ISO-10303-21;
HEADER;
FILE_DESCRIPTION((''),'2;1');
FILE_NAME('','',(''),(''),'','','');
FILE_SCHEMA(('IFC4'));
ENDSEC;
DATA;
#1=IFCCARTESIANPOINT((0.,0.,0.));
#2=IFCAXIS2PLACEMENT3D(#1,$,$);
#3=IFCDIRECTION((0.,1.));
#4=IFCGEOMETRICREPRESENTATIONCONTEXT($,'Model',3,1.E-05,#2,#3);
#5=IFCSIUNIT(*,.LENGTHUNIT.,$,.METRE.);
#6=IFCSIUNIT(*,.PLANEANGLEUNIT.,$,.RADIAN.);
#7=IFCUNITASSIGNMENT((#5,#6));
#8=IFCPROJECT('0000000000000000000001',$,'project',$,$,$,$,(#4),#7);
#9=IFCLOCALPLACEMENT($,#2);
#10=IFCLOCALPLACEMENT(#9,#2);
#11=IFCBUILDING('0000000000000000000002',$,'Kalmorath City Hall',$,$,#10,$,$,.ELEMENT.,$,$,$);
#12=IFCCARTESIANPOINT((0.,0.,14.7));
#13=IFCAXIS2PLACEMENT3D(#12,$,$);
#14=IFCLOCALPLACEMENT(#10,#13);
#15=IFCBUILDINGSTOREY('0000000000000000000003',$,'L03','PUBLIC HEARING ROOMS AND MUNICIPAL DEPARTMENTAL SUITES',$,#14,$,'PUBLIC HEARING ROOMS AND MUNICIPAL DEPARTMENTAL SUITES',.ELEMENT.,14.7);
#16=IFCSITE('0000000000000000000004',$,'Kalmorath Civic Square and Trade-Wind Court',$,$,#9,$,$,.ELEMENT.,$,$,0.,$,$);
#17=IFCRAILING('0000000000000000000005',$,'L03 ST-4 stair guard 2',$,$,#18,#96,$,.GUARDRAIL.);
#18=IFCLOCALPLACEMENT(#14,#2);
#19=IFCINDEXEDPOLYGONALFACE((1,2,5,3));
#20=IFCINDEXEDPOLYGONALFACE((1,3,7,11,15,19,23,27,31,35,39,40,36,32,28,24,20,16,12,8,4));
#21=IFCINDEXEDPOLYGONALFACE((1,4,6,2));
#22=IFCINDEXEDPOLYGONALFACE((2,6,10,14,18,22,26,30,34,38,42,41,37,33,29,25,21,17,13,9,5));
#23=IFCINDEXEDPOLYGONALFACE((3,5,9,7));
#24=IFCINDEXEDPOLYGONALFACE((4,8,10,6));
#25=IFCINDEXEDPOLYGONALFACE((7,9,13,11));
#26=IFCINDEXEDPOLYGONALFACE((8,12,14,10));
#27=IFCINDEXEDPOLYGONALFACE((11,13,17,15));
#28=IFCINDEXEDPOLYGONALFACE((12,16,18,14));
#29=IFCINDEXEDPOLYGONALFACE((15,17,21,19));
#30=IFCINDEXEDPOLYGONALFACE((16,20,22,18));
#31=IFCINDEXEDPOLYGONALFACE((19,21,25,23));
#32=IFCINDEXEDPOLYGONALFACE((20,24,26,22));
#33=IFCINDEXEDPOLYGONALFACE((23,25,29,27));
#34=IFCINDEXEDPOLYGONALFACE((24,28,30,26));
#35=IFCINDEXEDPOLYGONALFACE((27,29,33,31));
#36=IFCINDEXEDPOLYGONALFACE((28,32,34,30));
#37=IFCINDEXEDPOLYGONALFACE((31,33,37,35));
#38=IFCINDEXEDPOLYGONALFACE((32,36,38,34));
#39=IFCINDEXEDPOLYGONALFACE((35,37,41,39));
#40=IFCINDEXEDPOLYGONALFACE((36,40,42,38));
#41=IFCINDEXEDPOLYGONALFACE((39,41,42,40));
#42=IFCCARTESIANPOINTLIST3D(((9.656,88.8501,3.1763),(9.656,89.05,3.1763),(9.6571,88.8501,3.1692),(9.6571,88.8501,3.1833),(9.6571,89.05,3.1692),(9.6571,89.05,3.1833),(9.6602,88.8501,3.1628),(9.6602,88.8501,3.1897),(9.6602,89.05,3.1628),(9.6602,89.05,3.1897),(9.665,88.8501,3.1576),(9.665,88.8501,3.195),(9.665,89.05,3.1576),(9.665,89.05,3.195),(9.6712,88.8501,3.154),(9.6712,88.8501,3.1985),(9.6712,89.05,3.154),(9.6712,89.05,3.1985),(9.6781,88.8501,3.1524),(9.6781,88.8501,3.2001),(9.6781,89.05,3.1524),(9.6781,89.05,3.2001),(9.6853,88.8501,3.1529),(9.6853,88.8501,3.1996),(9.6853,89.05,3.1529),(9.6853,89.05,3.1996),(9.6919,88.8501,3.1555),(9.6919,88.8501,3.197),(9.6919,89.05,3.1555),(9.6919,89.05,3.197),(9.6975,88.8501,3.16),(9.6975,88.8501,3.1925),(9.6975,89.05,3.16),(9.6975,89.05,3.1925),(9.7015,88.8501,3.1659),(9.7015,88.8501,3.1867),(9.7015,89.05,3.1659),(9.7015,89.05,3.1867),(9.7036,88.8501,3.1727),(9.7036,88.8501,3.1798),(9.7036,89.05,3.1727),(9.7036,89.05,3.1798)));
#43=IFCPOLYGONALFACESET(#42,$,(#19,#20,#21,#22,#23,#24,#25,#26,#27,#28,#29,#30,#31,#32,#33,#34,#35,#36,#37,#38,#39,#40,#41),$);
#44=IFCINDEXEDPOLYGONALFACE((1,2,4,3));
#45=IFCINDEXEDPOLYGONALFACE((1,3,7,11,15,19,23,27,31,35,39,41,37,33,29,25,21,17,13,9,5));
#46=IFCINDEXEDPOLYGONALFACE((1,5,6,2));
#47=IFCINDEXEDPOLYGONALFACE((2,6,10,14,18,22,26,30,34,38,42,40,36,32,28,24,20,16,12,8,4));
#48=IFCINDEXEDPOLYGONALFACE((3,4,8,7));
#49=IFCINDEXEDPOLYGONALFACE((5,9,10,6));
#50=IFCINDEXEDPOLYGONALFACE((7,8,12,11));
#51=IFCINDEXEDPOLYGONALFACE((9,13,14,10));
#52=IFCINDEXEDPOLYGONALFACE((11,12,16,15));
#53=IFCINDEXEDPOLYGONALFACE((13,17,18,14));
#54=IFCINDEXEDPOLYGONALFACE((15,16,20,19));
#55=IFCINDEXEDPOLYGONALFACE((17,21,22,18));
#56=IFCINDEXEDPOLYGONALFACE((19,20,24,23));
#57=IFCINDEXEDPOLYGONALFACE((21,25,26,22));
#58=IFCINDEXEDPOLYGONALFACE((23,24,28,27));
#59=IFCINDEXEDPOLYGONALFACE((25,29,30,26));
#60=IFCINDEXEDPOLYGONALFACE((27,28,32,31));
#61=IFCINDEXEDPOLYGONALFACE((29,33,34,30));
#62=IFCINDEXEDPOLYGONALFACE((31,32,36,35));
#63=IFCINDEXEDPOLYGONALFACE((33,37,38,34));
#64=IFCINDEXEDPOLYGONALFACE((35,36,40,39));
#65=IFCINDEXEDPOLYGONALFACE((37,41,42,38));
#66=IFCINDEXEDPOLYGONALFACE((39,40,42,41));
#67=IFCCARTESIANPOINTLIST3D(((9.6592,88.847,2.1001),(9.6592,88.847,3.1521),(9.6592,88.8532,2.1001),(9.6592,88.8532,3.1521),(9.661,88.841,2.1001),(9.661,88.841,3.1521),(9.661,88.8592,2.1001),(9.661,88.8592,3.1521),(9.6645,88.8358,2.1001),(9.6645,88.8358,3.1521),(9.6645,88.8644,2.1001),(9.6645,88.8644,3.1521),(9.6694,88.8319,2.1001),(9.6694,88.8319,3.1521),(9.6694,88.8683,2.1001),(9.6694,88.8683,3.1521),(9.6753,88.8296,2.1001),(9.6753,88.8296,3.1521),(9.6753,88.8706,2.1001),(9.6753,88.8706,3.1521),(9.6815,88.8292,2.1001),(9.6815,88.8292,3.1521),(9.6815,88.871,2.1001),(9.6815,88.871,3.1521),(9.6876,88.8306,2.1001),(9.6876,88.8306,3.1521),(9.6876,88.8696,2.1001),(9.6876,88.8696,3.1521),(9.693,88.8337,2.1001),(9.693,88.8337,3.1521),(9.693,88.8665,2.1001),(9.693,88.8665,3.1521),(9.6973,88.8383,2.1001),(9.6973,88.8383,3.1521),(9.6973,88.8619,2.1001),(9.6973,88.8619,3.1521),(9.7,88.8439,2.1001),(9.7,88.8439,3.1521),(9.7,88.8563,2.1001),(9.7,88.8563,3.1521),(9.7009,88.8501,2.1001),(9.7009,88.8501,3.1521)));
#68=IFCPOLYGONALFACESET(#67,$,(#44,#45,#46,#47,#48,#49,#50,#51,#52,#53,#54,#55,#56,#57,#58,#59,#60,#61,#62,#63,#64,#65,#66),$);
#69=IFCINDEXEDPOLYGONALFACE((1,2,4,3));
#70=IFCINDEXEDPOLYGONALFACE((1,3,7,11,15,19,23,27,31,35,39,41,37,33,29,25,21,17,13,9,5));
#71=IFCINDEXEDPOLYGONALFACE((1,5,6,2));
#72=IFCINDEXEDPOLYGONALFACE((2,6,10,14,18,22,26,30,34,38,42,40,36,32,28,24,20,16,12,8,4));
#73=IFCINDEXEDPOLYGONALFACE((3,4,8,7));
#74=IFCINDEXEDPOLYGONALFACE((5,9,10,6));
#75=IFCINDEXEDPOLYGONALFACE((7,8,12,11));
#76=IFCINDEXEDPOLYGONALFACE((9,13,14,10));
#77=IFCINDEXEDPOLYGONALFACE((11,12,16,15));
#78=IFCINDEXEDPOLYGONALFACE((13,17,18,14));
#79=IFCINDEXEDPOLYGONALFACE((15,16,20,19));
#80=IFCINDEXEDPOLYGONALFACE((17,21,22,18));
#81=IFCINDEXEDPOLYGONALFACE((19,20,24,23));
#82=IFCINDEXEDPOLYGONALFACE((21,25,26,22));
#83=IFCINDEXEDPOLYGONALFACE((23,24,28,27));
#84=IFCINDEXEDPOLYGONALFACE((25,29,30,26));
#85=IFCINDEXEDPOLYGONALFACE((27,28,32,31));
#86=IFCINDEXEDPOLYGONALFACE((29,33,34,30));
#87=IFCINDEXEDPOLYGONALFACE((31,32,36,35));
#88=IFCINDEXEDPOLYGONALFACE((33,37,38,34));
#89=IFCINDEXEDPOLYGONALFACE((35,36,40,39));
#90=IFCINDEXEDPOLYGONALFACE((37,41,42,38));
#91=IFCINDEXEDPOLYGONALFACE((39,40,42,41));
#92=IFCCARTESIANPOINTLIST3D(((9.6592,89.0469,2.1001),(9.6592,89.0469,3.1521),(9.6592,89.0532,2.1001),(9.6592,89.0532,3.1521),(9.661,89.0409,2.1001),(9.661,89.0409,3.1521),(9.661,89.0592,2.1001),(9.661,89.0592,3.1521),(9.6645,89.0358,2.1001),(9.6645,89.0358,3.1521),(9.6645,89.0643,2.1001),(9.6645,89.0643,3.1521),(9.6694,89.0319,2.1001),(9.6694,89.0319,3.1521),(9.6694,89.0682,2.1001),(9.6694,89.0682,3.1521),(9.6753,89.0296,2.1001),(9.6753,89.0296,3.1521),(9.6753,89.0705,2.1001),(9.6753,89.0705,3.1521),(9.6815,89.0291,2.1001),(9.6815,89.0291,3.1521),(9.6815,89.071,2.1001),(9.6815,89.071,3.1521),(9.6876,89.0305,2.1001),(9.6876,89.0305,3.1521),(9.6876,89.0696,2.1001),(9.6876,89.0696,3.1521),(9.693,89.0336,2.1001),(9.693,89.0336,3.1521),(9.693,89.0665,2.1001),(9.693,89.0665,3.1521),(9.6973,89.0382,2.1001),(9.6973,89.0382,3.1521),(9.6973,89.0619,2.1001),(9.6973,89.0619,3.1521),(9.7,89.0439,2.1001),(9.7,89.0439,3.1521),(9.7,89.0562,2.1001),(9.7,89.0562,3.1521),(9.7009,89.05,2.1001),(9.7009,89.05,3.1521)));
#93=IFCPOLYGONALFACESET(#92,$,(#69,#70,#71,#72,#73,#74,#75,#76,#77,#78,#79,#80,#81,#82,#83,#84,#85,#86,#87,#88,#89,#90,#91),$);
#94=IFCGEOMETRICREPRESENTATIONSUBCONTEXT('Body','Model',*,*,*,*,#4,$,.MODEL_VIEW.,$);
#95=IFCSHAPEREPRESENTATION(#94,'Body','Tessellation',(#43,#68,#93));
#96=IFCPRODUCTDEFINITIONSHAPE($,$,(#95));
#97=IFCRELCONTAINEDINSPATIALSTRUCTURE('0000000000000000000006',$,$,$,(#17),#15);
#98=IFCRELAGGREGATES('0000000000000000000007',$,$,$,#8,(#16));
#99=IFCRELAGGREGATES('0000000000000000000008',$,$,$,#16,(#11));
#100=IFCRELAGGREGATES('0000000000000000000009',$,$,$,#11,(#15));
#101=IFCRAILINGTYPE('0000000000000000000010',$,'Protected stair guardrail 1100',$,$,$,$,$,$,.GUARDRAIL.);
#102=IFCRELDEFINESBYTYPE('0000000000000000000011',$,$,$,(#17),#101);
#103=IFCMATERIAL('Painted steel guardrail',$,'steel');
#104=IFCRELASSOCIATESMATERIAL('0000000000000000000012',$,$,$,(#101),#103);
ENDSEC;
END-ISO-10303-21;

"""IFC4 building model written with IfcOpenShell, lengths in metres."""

from ifc_helpers import new_model, si_unit, direction, frame, origin, origin_2d, place, context, subcontext, project, spatial, circle, extrude, material, type_object, element, save


model = new_model("IFC4")

# Units and contexts
model_context = context("Model", 3, precision=1e-05, world=origin(), true_north=direction((0.0, 1.0)))
body_context = subcontext(model_context, "Body", "Model", "MODEL_VIEW")
ifc_project = project(units=[si_unit("LENGTHUNIT", "METRE"), si_unit("PLANEANGLEUNIT", "RADIAN")], contexts=[model_context])

# Site, building, storey
site_placement = place(None, origin())
site = spatial("IfcSite", under=ifc_project, at=site_placement, Name="Kalmorath Civic Square and Trade-Wind Court", CompositionType="ELEMENT", RefElevation=0.0)
building_placement = place(site_placement, origin())
building = spatial("IfcBuilding", under=site, at=building_placement, Name="Kalmorath City Hall", CompositionType="ELEMENT")
storey_placement = place(building_placement, frame((0.0, 0.0, 14.7)))
storey = spatial("IfcBuildingStorey", under=building, at=storey_placement, Name="L03", Description="PUBLIC HEARING ROOMS AND MUNICIPAL DEPARTMENTAL SUITES", LongName="PUBLIC HEARING ROOMS AND MUNICIPAL DEPARTMENTAL SUITES", CompositionType="ELEMENT", Elevation=14.7)

# Railing
ifc_material_1 = material(Name="Painted steel guardrail", Category="steel")
railing_type_1 = type_object("IfcRailingType", Name="Protected stair guardrail 1100", PredefinedType="GUARDRAIL", material=ifc_material_1)
railing_1_placement = place(storey_placement, frame((9.6799, 88.8501, 2.1001)))
element("IfcRailing", 1, at=railing_1_placement, inside=storey, type_object=railing_type_1, Name="L03 ST-4 stair guard 2", PredefinedType="GUARDRAIL", context=body_context, shape_type="SweptSolid", body=[
    extrude(circle(Radius=0.0239, at=origin_2d()), frame((0.0, 0.0, 1.0762), z_axis=(0.0, 1.0, 0.0), x_axis=(-1.0, 0.0, 0.0)), (0.0, 0.0, 1.0), 0.2),
    extrude(circle(Radius=0.021, at=origin_2d()), origin(), (0.0, 0.0, 1.0), 1.052),
    extrude(circle(Radius=0.021, at=origin_2d()), frame((0.0, 0.2, 0.0)), (0.0, 0.0, 1.0), 1.052),
])

save(model, "model.ifc")
